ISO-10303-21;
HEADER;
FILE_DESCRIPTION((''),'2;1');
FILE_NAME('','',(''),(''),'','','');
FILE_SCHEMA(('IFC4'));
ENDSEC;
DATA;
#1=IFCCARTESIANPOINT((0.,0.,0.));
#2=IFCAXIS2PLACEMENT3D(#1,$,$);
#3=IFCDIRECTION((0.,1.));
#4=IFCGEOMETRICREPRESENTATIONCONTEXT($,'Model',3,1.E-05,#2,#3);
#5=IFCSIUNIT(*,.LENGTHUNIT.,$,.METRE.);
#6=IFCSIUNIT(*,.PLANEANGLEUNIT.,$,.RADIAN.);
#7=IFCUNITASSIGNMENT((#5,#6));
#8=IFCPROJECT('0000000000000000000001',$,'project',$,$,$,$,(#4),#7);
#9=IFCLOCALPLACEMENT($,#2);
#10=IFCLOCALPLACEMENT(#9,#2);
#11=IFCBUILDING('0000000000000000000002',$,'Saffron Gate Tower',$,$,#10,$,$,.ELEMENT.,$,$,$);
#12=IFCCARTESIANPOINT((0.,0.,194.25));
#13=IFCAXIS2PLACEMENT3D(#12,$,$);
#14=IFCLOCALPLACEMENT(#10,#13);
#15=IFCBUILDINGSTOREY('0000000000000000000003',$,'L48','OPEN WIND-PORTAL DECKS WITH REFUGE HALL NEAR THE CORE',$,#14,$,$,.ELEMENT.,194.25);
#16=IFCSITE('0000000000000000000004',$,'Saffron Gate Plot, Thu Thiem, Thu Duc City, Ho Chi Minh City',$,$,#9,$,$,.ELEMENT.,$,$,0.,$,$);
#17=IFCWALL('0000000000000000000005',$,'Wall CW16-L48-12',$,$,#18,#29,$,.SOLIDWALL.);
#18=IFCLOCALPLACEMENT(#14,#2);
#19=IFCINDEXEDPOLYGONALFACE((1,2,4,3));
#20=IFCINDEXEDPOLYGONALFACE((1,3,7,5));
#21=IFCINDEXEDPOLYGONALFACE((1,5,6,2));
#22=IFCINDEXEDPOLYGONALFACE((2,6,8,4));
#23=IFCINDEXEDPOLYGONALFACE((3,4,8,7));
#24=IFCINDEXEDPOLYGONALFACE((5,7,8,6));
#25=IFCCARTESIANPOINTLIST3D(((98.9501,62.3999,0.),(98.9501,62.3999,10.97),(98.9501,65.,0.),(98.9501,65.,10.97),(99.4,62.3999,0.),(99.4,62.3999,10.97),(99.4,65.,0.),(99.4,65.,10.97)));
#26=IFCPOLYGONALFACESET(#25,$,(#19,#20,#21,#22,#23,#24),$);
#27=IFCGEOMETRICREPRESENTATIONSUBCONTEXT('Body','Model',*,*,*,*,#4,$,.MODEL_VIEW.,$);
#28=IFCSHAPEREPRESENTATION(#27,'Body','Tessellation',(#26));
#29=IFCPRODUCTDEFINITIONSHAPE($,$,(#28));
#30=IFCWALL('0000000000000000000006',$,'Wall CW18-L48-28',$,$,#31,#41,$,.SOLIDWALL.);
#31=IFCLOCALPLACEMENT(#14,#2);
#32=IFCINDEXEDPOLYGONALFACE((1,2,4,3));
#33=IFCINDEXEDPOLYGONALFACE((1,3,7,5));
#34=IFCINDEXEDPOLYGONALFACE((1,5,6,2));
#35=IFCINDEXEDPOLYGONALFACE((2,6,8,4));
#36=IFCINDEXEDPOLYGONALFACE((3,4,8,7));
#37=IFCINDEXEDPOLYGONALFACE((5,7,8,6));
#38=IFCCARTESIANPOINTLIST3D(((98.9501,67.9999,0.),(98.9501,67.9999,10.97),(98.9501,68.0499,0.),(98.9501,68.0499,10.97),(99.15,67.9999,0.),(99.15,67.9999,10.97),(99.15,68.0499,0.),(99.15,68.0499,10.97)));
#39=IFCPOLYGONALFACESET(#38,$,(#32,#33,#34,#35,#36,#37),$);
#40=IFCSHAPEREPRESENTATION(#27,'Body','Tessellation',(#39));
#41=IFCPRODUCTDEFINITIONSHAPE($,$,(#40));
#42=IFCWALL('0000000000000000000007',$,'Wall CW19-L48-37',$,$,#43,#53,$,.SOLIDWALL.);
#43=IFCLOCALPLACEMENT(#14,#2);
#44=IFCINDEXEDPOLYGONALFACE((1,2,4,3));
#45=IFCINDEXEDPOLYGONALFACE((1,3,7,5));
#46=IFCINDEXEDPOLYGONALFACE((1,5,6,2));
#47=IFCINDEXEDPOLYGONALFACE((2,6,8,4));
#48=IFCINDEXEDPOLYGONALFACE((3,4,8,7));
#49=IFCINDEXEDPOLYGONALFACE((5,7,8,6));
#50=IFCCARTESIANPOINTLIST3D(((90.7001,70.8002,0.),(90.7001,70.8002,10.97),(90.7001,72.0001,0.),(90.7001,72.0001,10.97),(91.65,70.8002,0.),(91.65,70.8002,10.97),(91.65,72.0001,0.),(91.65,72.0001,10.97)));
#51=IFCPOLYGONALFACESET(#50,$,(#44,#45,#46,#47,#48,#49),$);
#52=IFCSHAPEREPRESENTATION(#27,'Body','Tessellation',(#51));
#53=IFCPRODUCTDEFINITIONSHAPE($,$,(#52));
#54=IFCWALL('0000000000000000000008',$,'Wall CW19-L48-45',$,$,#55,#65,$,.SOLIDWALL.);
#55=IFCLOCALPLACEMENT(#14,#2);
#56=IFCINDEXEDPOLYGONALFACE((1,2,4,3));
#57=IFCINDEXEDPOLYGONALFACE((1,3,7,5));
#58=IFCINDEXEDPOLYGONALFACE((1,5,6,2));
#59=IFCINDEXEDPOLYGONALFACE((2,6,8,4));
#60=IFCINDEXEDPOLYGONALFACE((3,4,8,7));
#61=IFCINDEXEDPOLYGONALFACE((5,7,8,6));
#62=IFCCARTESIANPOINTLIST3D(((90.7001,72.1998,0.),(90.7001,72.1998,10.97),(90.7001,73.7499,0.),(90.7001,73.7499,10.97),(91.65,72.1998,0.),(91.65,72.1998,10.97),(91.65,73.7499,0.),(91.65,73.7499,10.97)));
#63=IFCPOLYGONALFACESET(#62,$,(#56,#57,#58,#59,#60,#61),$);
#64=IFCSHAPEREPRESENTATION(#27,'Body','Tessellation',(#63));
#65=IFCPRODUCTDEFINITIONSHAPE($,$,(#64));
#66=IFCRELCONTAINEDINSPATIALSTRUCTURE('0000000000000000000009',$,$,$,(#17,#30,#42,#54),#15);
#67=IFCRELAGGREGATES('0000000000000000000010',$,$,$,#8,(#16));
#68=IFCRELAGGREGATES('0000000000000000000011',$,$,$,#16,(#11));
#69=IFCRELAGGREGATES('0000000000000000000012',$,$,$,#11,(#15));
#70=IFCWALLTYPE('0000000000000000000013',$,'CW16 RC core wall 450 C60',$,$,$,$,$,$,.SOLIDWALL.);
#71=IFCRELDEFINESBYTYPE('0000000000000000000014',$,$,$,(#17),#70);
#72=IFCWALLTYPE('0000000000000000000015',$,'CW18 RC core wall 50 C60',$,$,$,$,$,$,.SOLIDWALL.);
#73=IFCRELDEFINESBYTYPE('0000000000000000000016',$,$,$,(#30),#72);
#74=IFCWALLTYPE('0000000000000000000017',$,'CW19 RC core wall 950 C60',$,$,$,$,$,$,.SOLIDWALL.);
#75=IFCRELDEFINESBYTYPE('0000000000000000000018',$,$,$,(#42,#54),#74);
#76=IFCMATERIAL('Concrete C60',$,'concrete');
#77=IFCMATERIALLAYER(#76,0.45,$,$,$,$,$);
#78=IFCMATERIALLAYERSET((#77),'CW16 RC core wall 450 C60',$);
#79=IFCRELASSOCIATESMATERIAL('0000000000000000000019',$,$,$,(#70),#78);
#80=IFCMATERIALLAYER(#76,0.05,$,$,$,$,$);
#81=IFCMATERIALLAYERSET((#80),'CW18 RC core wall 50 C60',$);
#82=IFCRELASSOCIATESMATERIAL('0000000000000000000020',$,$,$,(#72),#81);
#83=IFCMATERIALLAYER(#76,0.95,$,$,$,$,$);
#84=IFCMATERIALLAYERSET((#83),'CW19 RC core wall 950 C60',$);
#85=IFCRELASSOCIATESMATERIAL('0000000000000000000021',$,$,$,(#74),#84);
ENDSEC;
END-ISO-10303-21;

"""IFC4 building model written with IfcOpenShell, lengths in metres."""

from ifc_helpers import new_model, si_unit, direction, frame, frame_2d, origin, place, context, subcontext, project, spatial, rectangle, extrude, material, layer, layer_set, type_object, element, save


model = new_model("IFC4")

# Units and contexts
model_context = context("Model", 3, precision=1e-05, world=origin(), true_north=direction((0.0, 1.0)))
body_context = subcontext(model_context, "Body", "Model", "MODEL_VIEW")
ifc_project = project(units=[si_unit("LENGTHUNIT", "METRE"), si_unit("PLANEANGLEUNIT", "RADIAN")], contexts=[model_context])

# Site, building, storey
site_placement = place(None, origin())
site = spatial("IfcSite", under=ifc_project, at=site_placement, Name="Saffron Gate Plot, Thu Thiem, Thu Duc City, Ho Chi Minh City", CompositionType="ELEMENT", RefElevation=0.0)
building_placement = place(site_placement, origin())
building = spatial("IfcBuilding", under=site, at=building_placement, Name="Saffron Gate Tower", CompositionType="ELEMENT")
storey_placement = place(building_placement, frame((0.0, 0.0, 194.25)))
storey = spatial("IfcBuildingStorey", under=building, at=storey_placement, Name="L48", Description="OPEN WIND-PORTAL DECKS WITH REFUGE HALL NEAR THE CORE", CompositionType="ELEMENT", Elevation=194.25)

# Shared definitions
ifc_material_1 = material(Name="Concrete C60", Category="concrete")

# Walls
ifc_layer_1 = layer(ifc_material_1, 0.45)
ifc_layer_set_1 = layer_set([ifc_layer_1], Name="CW16 RC core wall 450 C60")
wall_type_1 = type_object("IfcWallType", Name="CW16 RC core wall 450 C60", PredefinedType="SOLIDWALL", material=ifc_layer_set_1)
wall_1_placement = place(storey_placement, frame((99.175, 62.3999, 0.0), z_axis=(0.0, 0.0, 1.0), x_axis=(0.0, 1.0, 0.0)))
element("IfcWall", 1, at=wall_1_placement, inside=storey, type_object=wall_type_1, Name="Wall CW16-L48-12", PredefinedType="SOLIDWALL", context=body_context, shape_type="SweptSolid", body=[
    extrude(rectangle(XDim=2.6001, YDim=0.45, at=frame_2d((1.3, 0.0))), origin(), (0.0, 0.0, 1.0), 10.97),
])
ifc_layer_2 = layer(ifc_material_1, 0.05)
ifc_layer_set_2 = layer_set([ifc_layer_2], Name="CW18 RC core wall 50 C60")
wall_type_2 = type_object("IfcWallType", Name="CW18 RC core wall 50 C60", PredefinedType="SOLIDWALL", material=ifc_layer_set_2)
wall_2_placement = place(storey_placement, frame((98.95, 68.0249, 0.0), z_axis=(0.0, 0.0, 1.0), x_axis=(1.0, 0.0, 0.0)))
element("IfcWall", 2, at=wall_2_placement, inside=storey, type_object=wall_type_2, Name="Wall CW18-L48-28", PredefinedType="SOLIDWALL", context=body_context, shape_type="SweptSolid", body=[
    extrude(rectangle(XDim=0.2, YDim=0.05, at=frame_2d((0.1001, 0.0))), origin(), (0.0, 0.0, 1.0), 10.97),
])
ifc_layer_3 = layer(ifc_material_1, 0.95)
ifc_layer_set_3 = layer_set([ifc_layer_3], Name="CW19 RC core wall 950 C60")
wall_type_3 = type_object("IfcWallType", Name="CW19 RC core wall 950 C60", PredefinedType="SOLIDWALL", material=ifc_layer_set_3)
wall_3_placement = place(storey_placement, frame((91.175, 70.8, 0.0), z_axis=(0.0, 0.0, 1.0), x_axis=(0.0, 1.0, 0.0)))
element("IfcWall", 3, at=wall_3_placement, inside=storey, type_object=wall_type_3, Name="Wall CW19-L48-37", PredefinedType="SOLIDWALL", context=body_context, shape_type="SweptSolid", body=[
    extrude(rectangle(XDim=1.2, YDim=0.95, at=frame_2d((0.6001, 0.0))), origin(), (0.0, 0.0, 1.0), 10.97),
])
wall_4_placement = place(storey_placement, frame((91.175, 72.2, 0.0), z_axis=(0.0, 0.0, 1.0), x_axis=(0.0, 1.0, 0.0)))
element("IfcWall", 4, at=wall_4_placement, inside=storey, type_object=wall_type_3, Name="Wall CW19-L48-45", PredefinedType="SOLIDWALL", context=body_context, shape_type="SweptSolid", body=[
    extrude(rectangle(XDim=1.55, YDim=0.95, at=frame_2d((0.7749, 0.0))), origin(), (0.0, 0.0, 1.0), 10.97),
])

save(model, "model.ifc")
